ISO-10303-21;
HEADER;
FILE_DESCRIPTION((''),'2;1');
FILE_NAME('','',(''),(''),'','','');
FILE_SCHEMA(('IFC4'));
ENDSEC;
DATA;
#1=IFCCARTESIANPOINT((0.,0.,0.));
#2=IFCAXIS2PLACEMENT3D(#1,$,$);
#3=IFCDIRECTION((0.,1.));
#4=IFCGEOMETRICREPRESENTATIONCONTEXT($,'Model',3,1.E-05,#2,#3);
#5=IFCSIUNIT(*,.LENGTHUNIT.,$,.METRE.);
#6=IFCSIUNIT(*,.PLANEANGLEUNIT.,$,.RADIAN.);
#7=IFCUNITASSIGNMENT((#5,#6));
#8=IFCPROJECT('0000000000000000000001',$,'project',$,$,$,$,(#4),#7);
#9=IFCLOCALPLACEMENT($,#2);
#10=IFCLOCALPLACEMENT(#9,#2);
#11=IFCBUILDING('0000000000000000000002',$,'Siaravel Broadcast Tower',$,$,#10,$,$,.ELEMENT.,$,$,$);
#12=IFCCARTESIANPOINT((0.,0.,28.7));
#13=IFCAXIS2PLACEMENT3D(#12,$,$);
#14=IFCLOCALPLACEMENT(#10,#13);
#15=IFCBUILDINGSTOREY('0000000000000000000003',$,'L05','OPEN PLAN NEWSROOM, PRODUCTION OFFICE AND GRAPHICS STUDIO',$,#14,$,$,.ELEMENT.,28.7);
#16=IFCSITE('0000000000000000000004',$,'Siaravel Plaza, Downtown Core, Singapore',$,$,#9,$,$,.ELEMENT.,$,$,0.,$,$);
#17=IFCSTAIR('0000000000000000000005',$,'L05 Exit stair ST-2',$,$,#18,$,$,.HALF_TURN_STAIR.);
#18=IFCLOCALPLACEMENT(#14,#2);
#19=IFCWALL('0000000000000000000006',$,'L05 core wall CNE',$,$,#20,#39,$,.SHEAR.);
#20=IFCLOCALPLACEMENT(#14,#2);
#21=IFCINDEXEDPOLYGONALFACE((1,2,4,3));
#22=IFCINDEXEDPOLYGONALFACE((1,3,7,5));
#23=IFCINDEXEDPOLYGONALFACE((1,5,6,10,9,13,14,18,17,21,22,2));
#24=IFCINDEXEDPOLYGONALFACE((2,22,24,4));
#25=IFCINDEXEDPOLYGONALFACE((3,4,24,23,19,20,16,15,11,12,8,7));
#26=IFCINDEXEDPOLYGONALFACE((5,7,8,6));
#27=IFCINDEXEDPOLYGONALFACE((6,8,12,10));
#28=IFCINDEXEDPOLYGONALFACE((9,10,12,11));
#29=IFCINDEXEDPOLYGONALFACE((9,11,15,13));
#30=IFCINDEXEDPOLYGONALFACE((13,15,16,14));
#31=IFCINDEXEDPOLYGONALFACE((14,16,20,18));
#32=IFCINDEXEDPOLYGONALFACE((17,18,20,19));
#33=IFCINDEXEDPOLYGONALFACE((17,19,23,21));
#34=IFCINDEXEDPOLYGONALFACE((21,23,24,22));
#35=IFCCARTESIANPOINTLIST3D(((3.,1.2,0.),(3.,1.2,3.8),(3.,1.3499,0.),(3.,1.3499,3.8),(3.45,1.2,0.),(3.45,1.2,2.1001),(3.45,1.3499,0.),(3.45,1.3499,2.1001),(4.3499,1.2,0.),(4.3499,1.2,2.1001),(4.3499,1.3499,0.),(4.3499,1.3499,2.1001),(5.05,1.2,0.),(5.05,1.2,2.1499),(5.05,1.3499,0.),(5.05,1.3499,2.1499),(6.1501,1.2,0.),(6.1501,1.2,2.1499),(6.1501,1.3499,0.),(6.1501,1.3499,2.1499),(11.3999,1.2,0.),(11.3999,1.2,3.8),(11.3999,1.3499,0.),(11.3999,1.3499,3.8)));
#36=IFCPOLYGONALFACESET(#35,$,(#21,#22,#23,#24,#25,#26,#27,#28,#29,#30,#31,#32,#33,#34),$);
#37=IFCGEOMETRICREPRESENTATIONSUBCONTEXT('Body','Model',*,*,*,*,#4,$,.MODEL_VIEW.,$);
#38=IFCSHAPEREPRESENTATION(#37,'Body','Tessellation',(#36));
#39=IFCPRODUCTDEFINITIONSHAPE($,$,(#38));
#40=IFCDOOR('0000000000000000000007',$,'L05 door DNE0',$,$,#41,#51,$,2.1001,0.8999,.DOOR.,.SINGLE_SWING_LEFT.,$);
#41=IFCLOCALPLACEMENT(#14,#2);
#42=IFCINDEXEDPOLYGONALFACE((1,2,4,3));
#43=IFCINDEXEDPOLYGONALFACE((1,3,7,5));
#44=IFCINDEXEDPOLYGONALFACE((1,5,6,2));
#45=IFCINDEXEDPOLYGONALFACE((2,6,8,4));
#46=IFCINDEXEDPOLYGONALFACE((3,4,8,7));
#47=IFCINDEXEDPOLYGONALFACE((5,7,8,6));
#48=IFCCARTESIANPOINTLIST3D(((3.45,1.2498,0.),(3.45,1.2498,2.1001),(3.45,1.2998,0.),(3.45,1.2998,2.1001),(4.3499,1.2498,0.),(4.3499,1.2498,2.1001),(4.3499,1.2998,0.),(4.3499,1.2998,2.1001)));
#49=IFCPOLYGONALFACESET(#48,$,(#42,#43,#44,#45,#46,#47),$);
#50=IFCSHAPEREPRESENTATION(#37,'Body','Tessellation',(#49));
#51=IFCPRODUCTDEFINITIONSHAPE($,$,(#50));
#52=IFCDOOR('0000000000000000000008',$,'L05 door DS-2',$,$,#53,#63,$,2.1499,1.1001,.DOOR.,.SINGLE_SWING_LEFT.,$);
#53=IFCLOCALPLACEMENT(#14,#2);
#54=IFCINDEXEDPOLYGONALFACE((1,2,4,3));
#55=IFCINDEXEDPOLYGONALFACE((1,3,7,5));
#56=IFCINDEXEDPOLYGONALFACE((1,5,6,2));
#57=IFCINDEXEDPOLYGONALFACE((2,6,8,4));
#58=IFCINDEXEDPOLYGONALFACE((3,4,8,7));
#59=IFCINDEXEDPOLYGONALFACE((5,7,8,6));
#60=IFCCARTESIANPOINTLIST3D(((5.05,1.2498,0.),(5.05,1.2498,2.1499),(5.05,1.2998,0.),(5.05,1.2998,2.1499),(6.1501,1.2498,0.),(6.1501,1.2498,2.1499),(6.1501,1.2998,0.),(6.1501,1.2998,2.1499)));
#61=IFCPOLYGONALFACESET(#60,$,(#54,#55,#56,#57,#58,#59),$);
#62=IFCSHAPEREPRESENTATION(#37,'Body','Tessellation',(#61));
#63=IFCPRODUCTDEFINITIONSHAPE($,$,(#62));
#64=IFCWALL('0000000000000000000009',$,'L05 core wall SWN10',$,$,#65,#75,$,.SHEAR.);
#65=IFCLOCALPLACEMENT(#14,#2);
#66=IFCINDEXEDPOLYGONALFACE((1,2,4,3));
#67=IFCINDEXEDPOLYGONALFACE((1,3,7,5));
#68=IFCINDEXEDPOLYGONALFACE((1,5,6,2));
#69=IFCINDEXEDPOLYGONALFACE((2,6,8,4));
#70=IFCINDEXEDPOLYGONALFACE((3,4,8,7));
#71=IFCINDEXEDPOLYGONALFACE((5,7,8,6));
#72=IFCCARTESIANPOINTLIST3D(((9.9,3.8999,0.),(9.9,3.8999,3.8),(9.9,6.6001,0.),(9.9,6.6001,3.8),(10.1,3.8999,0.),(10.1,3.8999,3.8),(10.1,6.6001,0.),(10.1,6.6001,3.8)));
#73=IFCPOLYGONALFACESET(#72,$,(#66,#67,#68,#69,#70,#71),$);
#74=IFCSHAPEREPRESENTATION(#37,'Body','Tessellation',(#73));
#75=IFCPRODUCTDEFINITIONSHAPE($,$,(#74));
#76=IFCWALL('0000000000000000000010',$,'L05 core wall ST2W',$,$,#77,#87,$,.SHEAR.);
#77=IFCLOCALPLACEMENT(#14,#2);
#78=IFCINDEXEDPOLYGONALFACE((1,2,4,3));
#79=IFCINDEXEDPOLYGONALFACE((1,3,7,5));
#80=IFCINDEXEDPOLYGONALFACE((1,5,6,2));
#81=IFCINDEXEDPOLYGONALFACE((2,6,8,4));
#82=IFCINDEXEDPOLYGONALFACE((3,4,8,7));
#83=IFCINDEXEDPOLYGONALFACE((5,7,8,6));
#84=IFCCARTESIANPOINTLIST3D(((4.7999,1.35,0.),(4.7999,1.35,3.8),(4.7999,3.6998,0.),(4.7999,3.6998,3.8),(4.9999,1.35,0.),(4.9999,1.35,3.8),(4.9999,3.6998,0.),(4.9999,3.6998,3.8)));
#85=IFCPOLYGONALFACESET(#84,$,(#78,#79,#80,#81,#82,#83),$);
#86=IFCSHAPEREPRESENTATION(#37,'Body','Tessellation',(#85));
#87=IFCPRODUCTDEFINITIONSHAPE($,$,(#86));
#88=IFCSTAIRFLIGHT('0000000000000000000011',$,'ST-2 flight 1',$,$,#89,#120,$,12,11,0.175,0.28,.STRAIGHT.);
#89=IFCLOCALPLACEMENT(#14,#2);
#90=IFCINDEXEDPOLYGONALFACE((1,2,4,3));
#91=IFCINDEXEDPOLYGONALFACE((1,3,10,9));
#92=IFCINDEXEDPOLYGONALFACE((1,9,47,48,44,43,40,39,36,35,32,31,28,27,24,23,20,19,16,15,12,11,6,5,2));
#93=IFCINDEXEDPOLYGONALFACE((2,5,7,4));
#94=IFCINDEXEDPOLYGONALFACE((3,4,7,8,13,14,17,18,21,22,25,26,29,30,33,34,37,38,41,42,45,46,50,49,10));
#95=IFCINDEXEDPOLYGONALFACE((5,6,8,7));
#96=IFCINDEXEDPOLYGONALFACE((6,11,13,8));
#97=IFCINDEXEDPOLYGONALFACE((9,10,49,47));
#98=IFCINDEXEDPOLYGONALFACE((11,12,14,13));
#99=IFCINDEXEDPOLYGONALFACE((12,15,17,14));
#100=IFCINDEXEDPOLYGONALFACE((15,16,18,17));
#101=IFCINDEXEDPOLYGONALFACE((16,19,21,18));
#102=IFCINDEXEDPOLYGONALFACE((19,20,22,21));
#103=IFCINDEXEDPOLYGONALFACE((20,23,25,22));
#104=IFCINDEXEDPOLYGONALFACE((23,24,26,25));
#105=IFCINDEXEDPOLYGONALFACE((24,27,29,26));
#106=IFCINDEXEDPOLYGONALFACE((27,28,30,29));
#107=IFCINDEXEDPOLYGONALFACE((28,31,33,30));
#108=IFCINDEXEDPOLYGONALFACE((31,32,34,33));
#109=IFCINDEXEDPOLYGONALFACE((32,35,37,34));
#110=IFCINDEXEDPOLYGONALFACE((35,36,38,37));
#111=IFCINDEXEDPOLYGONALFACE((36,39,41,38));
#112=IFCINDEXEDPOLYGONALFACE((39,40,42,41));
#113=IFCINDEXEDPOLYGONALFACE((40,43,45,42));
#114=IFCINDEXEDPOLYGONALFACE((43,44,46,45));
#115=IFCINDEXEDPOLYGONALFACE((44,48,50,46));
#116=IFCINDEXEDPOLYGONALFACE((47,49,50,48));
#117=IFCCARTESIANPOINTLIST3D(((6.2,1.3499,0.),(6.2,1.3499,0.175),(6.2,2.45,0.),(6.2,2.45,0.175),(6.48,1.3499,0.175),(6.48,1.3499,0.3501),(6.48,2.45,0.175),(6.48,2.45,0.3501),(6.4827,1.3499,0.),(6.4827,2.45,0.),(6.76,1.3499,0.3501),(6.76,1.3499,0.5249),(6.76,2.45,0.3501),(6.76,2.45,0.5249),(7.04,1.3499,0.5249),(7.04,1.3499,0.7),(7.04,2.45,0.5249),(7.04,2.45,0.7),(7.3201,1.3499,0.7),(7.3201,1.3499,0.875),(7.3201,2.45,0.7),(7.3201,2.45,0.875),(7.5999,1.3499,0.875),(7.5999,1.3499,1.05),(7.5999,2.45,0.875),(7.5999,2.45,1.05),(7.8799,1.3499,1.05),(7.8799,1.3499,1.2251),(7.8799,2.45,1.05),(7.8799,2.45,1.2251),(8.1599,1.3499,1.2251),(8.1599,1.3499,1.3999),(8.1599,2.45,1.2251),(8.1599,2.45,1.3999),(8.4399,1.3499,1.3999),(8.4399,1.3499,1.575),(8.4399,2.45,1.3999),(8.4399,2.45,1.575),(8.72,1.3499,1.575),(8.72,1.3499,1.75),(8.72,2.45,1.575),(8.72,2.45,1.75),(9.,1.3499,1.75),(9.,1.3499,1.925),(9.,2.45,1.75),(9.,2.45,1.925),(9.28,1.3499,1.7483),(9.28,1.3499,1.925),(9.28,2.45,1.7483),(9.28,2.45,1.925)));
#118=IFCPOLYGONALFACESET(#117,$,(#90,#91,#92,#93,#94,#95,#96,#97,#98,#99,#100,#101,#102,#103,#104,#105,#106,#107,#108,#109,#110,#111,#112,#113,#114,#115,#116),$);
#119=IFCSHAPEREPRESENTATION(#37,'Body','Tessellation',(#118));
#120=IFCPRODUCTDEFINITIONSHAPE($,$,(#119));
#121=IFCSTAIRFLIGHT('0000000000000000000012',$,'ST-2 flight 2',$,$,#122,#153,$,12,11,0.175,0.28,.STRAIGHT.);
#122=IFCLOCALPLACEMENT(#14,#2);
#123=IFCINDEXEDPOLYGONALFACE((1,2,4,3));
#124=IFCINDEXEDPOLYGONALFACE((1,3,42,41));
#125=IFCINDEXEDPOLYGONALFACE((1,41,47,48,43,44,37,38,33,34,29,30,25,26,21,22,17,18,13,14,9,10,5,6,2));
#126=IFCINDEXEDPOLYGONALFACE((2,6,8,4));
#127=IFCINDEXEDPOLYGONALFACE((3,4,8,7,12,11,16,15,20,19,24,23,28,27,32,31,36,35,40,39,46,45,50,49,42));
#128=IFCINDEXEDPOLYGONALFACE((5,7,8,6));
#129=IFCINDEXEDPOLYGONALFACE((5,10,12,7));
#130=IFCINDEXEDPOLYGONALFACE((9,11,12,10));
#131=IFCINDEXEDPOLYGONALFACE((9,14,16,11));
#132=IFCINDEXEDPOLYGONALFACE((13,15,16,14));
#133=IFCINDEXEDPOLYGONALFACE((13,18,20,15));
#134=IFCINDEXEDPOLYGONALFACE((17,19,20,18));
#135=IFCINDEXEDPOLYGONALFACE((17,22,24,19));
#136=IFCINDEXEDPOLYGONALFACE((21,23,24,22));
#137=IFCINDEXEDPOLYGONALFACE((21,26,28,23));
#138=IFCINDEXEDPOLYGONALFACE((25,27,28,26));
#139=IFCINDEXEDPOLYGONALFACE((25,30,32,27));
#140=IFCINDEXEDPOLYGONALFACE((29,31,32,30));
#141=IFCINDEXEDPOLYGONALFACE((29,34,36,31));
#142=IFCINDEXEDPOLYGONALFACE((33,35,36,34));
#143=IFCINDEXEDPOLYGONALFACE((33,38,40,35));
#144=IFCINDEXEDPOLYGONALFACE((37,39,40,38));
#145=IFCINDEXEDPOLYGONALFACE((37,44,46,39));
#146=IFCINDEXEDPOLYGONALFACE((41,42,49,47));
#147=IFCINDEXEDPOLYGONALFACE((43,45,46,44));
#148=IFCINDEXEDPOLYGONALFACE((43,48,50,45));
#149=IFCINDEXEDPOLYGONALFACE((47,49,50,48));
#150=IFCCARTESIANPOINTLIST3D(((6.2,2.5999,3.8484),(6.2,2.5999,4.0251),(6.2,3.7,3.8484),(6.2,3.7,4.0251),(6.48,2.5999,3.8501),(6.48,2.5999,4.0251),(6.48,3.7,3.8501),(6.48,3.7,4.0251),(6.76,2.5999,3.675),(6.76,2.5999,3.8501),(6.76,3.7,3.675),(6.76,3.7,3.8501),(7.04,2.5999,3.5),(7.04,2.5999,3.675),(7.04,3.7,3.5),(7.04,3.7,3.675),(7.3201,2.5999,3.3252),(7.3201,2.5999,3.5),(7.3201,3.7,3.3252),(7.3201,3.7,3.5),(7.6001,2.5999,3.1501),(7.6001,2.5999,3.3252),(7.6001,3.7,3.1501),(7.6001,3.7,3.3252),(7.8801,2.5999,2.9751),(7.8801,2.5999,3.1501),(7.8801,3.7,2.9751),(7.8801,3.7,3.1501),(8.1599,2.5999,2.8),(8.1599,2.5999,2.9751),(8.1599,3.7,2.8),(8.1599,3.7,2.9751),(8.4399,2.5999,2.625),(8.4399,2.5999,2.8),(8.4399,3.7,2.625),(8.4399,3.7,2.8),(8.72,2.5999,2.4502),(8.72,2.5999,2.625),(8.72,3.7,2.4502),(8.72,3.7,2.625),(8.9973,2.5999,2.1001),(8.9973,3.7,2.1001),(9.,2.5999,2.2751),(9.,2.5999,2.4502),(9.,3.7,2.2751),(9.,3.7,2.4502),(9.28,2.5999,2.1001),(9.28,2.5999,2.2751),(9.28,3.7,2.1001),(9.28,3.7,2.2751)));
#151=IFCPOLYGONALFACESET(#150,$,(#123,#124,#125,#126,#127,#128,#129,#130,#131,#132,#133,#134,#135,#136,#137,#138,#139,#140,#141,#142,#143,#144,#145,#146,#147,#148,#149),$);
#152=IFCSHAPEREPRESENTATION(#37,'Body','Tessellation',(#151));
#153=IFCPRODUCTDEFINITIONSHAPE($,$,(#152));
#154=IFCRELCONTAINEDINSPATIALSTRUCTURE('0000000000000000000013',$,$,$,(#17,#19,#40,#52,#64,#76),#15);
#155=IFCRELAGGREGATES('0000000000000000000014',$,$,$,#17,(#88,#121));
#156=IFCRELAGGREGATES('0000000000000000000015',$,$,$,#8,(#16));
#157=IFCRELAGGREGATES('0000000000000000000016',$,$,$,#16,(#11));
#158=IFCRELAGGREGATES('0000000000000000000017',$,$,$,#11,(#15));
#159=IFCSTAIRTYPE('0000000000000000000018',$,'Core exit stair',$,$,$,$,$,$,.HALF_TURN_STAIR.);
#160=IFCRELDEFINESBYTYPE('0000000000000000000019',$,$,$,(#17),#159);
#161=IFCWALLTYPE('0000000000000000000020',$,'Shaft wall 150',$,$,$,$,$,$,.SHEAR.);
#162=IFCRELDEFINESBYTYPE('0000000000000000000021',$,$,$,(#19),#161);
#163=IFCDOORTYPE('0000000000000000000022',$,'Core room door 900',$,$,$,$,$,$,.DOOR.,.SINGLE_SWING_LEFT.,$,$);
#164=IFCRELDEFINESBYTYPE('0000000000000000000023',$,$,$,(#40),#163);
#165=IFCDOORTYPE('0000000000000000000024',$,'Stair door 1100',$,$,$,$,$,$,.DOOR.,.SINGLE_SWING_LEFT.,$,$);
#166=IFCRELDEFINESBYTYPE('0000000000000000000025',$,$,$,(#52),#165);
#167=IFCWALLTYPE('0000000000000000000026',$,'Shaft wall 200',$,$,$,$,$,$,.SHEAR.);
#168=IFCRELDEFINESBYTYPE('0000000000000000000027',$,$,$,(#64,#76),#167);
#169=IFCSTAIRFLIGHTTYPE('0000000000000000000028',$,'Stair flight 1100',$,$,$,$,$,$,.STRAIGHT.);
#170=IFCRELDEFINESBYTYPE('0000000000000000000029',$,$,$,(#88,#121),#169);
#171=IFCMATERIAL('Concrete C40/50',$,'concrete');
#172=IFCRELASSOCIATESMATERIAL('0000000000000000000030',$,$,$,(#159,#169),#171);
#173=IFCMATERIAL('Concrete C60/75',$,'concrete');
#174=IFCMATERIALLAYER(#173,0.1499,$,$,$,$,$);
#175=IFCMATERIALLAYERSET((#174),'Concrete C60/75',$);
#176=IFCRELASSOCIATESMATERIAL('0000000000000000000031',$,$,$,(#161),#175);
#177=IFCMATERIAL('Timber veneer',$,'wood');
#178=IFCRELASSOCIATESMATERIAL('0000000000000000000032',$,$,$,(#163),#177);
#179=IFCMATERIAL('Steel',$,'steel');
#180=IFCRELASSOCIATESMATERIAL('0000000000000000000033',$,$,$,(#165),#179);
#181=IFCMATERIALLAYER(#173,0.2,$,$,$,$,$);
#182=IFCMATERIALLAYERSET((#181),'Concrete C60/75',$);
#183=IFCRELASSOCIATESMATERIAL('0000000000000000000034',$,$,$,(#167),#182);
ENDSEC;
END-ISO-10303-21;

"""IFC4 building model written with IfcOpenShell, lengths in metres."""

from ifc_helpers import new_model, si_unit, direction, frame, frame_2d, origin, place, context, subcontext, project, spatial, polyline, rectangle, outline, extrude, material, layer, layer_set, type_object, element, fill, aggregate, save


model = new_model("IFC4")

# Units and contexts
model_context = context("Model", 3, precision=1e-05, world=origin(), true_north=direction((0.0, 1.0)))
body_context = subcontext(model_context, "Body", "Model", "MODEL_VIEW")
ifc_project = project(units=[si_unit("LENGTHUNIT", "METRE"), si_unit("PLANEANGLEUNIT", "RADIAN")], contexts=[model_context])

# Site, building, storey
site_placement = place(None, origin())
site = spatial("IfcSite", under=ifc_project, at=site_placement, Name="Siaravel Plaza, Downtown Core, Singapore", CompositionType="ELEMENT", RefElevation=0.0)
building_placement = place(site_placement, origin())
building = spatial("IfcBuilding", under=site, at=building_placement, Name="Siaravel Broadcast Tower", CompositionType="ELEMENT")
storey_placement = place(building_placement, frame((0.0, 0.0, 28.7)))
storey = spatial("IfcBuildingStorey", under=building, at=storey_placement, Name="L05", Description="OPEN PLAN NEWSROOM, PRODUCTION OFFICE AND GRAPHICS STUDIO", CompositionType="ELEMENT", Elevation=28.7)

# Shared definitions
ifc_material_1 = material(Name="Concrete C40/50", Category="concrete")

# Stair
stair_type = type_object("IfcStairType", Name="Core exit stair", PredefinedType="HALF_TURN_STAIR", material=ifc_material_1)
stair_1_placement = place(storey_placement, origin())
stair_1 = element("IfcStair", 1, at=stair_1_placement, inside=storey, type_object=stair_type, Name="L05 Exit stair ST-2", PredefinedType="HALF_TURN_STAIR")

# Shared definitions
ifc_material_2 = material(Name="Timber veneer", Category="wood")

# Wall, openings, doors
ifc_material_3 = material(Name="Concrete C60/75", Category="concrete")
ifc_layer_1 = layer(ifc_material_3, 0.1499)
ifc_layer_set_1 = layer_set([ifc_layer_1], Name="Concrete C60/75")
wall_type_1 = type_object("IfcWallType", Name="Shaft wall 150", PredefinedType="SHEAR", material=ifc_layer_set_1)
wall_1_placement = place(storey_placement, frame((3.0, 1.2749, 0.0), z_axis=(0.0, 0.0, 1.0), x_axis=(1.0, 0.0, 0.0)))
wall_1 = element("IfcWall", 2, at=wall_1_placement, inside=storey, type_object=wall_type_1, Name="L05 core wall CNE", PredefinedType="SHEAR", context=body_context, shape_type="SweptSolid", body=[
    extrude(rectangle(XDim=8.3999, YDim=0.1499, at=frame_2d((4.2, 0.0))), origin(), (0.0, 0.0, 1.0), 3.8),
])
opening_1_placement = place(wall_1_placement, frame((2.05, 0.0, 0.0)))
opening_1 = element("IfcOpeningElement", 3, at=opening_1_placement, cuts=wall_1, PredefinedType="OPENING", context=body_context, shape_type="SweptSolid", body=[
    extrude(rectangle(XDim=1.1001, YDim=2.1499, at=frame_2d((0.55, 1.075))), frame((0.0, 0.085, 0.0), z_axis=(0.0, -1.0, 0.0), x_axis=(1.0, 0.0, 0.0)), (0.0, 0.0, 1.0), 0.1699),
])
opening_2_placement = place(wall_1_placement, frame((0.45, 0.0, 0.0)))
opening_2 = element("IfcOpeningElement", 4, at=opening_2_placement, cuts=wall_1, PredefinedType="OPENING", context=body_context, shape_type="SweptSolid", body=[
    extrude(rectangle(XDim=0.8999, YDim=2.1001, at=frame_2d((0.45, 1.05))), frame((0.0, 0.085, 0.0), z_axis=(0.0, -1.0, 0.0), x_axis=(1.0, 0.0, 0.0)), (0.0, 0.0, 1.0), 0.1699),
])
door_type_1 = type_object("IfcDoorType", Name="Core room door 900", OperationType="SINGLE_SWING_LEFT", PredefinedType="DOOR", material=ifc_material_2)
door_1_placement = place(opening_2_placement, origin())
door_1 = element("IfcDoor", 5, at=door_1_placement, inside=storey, type_object=door_type_1, Name="L05 door DNE0", OperationType="SINGLE_SWING_LEFT", OverallHeight=2.1001, OverallWidth=0.8999, PredefinedType="DOOR", context=body_context, shape_type="SweptSolid", body=[
    extrude(rectangle(XDim=0.8999, YDim=2.1001, at=frame_2d((0.45, 1.05))), frame((0.0, 0.0249, 0.0), z_axis=(0.0, -1.0, 0.0), x_axis=(1.0, 0.0, 0.0)), (0.0, 0.0, 1.0), 0.05),
])
fill(opening_2, door_1)
ifc_material_4 = material(Name="Steel", Category="steel")
door_type_2 = type_object("IfcDoorType", Name="Stair door 1100", OperationType="SINGLE_SWING_LEFT", PredefinedType="DOOR", material=ifc_material_4)
door_2_placement = place(opening_1_placement, origin())
door_2 = element("IfcDoor", 6, at=door_2_placement, inside=storey, type_object=door_type_2, Name="L05 door DS-2", OperationType="SINGLE_SWING_LEFT", OverallHeight=2.1499, OverallWidth=1.1001, PredefinedType="DOOR", context=body_context, shape_type="SweptSolid", body=[
    extrude(rectangle(XDim=1.1001, YDim=2.1499, at=frame_2d((0.55, 1.075))), frame((0.0, 0.0249, 0.0), z_axis=(0.0, -1.0, 0.0), x_axis=(1.0, 0.0, 0.0)), (0.0, 0.0, 1.0), 0.05),
])
fill(opening_1, door_2)

# Walls
ifc_layer_2 = layer(ifc_material_3, 0.2)
ifc_layer_set_2 = layer_set([ifc_layer_2], Name="Concrete C60/75")
wall_type_2 = type_object("IfcWallType", Name="Shaft wall 200", PredefinedType="SHEAR", material=ifc_layer_set_2)
wall_2_placement = place(storey_placement, frame((10.0, 3.8999, 0.0), z_axis=(0.0, 0.0, 1.0), x_axis=(0.0, 1.0, 0.0)))
element("IfcWall", 7, at=wall_2_placement, inside=storey, type_object=wall_type_2, Name="L05 core wall SWN10", PredefinedType="SHEAR", context=body_context, shape_type="SweptSolid", body=[
    extrude(rectangle(XDim=2.7002, YDim=0.2, at=frame_2d((1.3501, 0.0))), origin(), (0.0, 0.0, 1.0), 3.8),
])
wall_3_placement = place(storey_placement, frame((4.8999, 1.3501, 0.0), z_axis=(0.0, 0.0, 1.0), x_axis=(0.0, 1.0, 0.0)))
element("IfcWall", 8, at=wall_3_placement, inside=storey, type_object=wall_type_2, Name="L05 core wall ST2W", PredefinedType="SHEAR", context=body_context, shape_type="SweptSolid", body=[
    extrude(rectangle(XDim=2.3499, YDim=0.2, at=frame_2d((1.1748, 0.0))), origin(), (0.0, 0.0, 1.0), 3.8),
])

# Stair flights
stair_flight_type = type_object("IfcStairFlightType", Name="Stair flight 1100", PredefinedType="STRAIGHT", material=ifc_material_1)
stair_flight_1_placement = place(storey_placement, frame((6.2, 1.8999, 0.0), z_axis=(0.0, 0.0, 1.0), x_axis=(1.0, 0.0, 0.0)))
stair_flight_1 = element("IfcStairFlight", 9, at=stair_flight_1_placement, type_object=stair_flight_type, Name="ST-2 flight 1", NumberOfRisers=12, NumberOfTreads=11, PredefinedType="STRAIGHT", RiserHeight=0.175, TreadLength=0.28, context=body_context, shape_type="SweptSolid", body=[
    extrude(outline(polyline([(0.0, 0.0), (0.0, 0.175), (0.28, 0.175), (0.28, 0.3501), (0.5601, 0.3501), (0.5601, 0.5249), (0.8401, 0.5249), (0.8401, 0.7), (1.1201, 0.7), (1.1201, 0.875), (1.3999, 0.875), (1.3999, 1.05), (1.6799, 1.05), (1.6799, 1.2251), (1.96, 1.2251), (1.96, 1.3999), (2.24, 1.3999), (2.24, 1.575), (2.52, 1.575), (2.52, 1.75), (2.8, 1.75), (2.8, 1.925), (3.0801, 1.925), (3.0801, 2.1001), (3.0801, 1.7483), (0.2827, 0.0), (0.0, 0.0)])), frame((0.0, 0.55, 0.0), z_axis=(0.0, -1.0, 0.0), x_axis=(1.0, 0.0, 0.0)), (0.0, 0.0, 1.0), 1.1001),
])
stair_flight_2_placement = place(storey_placement, frame((9.28, 3.1499, 2.1001), z_axis=(0.0, 0.0, 1.0), x_axis=(-1.0, 0.0, 0.0)))
stair_flight_2 = element("IfcStairFlight", 10, at=stair_flight_2_placement, type_object=stair_flight_type, Name="ST-2 flight 2", NumberOfRisers=12, NumberOfTreads=11, PredefinedType="STRAIGHT", RiserHeight=0.175, TreadLength=0.28, context=body_context, shape_type="SweptSolid", body=[
    extrude(outline(polyline([(0.0, 0.0), (0.0, 0.175), (0.28, 0.175), (0.28, 0.3501), (0.5601, 0.3501), (0.5601, 0.5249), (0.8401, 0.5249), (0.8401, 0.7), (1.1201, 0.7), (1.1201, 0.875), (1.3999, 0.875), (1.3999, 1.05), (1.6799, 1.05), (1.6799, 1.2251), (1.96, 1.2251), (1.96, 1.3999), (2.24, 1.3999), (2.24, 1.575), (2.52, 1.575), (2.52, 1.75), (2.8, 1.75), (2.8, 1.925), (3.0801, 1.925), (3.0801, 2.1001), (3.0801, 1.7483), (0.2827, 0.0), (0.0, 0.0)])), frame((0.0, 0.55, 0.0), z_axis=(0.0, -1.0, 0.0), x_axis=(1.0, 0.0, 0.0)), (0.0, 0.0, 1.0), 1.1001),
])
aggregate(stair_1, [stair_flight_1, stair_flight_2])

save(model, "model.ifc")
